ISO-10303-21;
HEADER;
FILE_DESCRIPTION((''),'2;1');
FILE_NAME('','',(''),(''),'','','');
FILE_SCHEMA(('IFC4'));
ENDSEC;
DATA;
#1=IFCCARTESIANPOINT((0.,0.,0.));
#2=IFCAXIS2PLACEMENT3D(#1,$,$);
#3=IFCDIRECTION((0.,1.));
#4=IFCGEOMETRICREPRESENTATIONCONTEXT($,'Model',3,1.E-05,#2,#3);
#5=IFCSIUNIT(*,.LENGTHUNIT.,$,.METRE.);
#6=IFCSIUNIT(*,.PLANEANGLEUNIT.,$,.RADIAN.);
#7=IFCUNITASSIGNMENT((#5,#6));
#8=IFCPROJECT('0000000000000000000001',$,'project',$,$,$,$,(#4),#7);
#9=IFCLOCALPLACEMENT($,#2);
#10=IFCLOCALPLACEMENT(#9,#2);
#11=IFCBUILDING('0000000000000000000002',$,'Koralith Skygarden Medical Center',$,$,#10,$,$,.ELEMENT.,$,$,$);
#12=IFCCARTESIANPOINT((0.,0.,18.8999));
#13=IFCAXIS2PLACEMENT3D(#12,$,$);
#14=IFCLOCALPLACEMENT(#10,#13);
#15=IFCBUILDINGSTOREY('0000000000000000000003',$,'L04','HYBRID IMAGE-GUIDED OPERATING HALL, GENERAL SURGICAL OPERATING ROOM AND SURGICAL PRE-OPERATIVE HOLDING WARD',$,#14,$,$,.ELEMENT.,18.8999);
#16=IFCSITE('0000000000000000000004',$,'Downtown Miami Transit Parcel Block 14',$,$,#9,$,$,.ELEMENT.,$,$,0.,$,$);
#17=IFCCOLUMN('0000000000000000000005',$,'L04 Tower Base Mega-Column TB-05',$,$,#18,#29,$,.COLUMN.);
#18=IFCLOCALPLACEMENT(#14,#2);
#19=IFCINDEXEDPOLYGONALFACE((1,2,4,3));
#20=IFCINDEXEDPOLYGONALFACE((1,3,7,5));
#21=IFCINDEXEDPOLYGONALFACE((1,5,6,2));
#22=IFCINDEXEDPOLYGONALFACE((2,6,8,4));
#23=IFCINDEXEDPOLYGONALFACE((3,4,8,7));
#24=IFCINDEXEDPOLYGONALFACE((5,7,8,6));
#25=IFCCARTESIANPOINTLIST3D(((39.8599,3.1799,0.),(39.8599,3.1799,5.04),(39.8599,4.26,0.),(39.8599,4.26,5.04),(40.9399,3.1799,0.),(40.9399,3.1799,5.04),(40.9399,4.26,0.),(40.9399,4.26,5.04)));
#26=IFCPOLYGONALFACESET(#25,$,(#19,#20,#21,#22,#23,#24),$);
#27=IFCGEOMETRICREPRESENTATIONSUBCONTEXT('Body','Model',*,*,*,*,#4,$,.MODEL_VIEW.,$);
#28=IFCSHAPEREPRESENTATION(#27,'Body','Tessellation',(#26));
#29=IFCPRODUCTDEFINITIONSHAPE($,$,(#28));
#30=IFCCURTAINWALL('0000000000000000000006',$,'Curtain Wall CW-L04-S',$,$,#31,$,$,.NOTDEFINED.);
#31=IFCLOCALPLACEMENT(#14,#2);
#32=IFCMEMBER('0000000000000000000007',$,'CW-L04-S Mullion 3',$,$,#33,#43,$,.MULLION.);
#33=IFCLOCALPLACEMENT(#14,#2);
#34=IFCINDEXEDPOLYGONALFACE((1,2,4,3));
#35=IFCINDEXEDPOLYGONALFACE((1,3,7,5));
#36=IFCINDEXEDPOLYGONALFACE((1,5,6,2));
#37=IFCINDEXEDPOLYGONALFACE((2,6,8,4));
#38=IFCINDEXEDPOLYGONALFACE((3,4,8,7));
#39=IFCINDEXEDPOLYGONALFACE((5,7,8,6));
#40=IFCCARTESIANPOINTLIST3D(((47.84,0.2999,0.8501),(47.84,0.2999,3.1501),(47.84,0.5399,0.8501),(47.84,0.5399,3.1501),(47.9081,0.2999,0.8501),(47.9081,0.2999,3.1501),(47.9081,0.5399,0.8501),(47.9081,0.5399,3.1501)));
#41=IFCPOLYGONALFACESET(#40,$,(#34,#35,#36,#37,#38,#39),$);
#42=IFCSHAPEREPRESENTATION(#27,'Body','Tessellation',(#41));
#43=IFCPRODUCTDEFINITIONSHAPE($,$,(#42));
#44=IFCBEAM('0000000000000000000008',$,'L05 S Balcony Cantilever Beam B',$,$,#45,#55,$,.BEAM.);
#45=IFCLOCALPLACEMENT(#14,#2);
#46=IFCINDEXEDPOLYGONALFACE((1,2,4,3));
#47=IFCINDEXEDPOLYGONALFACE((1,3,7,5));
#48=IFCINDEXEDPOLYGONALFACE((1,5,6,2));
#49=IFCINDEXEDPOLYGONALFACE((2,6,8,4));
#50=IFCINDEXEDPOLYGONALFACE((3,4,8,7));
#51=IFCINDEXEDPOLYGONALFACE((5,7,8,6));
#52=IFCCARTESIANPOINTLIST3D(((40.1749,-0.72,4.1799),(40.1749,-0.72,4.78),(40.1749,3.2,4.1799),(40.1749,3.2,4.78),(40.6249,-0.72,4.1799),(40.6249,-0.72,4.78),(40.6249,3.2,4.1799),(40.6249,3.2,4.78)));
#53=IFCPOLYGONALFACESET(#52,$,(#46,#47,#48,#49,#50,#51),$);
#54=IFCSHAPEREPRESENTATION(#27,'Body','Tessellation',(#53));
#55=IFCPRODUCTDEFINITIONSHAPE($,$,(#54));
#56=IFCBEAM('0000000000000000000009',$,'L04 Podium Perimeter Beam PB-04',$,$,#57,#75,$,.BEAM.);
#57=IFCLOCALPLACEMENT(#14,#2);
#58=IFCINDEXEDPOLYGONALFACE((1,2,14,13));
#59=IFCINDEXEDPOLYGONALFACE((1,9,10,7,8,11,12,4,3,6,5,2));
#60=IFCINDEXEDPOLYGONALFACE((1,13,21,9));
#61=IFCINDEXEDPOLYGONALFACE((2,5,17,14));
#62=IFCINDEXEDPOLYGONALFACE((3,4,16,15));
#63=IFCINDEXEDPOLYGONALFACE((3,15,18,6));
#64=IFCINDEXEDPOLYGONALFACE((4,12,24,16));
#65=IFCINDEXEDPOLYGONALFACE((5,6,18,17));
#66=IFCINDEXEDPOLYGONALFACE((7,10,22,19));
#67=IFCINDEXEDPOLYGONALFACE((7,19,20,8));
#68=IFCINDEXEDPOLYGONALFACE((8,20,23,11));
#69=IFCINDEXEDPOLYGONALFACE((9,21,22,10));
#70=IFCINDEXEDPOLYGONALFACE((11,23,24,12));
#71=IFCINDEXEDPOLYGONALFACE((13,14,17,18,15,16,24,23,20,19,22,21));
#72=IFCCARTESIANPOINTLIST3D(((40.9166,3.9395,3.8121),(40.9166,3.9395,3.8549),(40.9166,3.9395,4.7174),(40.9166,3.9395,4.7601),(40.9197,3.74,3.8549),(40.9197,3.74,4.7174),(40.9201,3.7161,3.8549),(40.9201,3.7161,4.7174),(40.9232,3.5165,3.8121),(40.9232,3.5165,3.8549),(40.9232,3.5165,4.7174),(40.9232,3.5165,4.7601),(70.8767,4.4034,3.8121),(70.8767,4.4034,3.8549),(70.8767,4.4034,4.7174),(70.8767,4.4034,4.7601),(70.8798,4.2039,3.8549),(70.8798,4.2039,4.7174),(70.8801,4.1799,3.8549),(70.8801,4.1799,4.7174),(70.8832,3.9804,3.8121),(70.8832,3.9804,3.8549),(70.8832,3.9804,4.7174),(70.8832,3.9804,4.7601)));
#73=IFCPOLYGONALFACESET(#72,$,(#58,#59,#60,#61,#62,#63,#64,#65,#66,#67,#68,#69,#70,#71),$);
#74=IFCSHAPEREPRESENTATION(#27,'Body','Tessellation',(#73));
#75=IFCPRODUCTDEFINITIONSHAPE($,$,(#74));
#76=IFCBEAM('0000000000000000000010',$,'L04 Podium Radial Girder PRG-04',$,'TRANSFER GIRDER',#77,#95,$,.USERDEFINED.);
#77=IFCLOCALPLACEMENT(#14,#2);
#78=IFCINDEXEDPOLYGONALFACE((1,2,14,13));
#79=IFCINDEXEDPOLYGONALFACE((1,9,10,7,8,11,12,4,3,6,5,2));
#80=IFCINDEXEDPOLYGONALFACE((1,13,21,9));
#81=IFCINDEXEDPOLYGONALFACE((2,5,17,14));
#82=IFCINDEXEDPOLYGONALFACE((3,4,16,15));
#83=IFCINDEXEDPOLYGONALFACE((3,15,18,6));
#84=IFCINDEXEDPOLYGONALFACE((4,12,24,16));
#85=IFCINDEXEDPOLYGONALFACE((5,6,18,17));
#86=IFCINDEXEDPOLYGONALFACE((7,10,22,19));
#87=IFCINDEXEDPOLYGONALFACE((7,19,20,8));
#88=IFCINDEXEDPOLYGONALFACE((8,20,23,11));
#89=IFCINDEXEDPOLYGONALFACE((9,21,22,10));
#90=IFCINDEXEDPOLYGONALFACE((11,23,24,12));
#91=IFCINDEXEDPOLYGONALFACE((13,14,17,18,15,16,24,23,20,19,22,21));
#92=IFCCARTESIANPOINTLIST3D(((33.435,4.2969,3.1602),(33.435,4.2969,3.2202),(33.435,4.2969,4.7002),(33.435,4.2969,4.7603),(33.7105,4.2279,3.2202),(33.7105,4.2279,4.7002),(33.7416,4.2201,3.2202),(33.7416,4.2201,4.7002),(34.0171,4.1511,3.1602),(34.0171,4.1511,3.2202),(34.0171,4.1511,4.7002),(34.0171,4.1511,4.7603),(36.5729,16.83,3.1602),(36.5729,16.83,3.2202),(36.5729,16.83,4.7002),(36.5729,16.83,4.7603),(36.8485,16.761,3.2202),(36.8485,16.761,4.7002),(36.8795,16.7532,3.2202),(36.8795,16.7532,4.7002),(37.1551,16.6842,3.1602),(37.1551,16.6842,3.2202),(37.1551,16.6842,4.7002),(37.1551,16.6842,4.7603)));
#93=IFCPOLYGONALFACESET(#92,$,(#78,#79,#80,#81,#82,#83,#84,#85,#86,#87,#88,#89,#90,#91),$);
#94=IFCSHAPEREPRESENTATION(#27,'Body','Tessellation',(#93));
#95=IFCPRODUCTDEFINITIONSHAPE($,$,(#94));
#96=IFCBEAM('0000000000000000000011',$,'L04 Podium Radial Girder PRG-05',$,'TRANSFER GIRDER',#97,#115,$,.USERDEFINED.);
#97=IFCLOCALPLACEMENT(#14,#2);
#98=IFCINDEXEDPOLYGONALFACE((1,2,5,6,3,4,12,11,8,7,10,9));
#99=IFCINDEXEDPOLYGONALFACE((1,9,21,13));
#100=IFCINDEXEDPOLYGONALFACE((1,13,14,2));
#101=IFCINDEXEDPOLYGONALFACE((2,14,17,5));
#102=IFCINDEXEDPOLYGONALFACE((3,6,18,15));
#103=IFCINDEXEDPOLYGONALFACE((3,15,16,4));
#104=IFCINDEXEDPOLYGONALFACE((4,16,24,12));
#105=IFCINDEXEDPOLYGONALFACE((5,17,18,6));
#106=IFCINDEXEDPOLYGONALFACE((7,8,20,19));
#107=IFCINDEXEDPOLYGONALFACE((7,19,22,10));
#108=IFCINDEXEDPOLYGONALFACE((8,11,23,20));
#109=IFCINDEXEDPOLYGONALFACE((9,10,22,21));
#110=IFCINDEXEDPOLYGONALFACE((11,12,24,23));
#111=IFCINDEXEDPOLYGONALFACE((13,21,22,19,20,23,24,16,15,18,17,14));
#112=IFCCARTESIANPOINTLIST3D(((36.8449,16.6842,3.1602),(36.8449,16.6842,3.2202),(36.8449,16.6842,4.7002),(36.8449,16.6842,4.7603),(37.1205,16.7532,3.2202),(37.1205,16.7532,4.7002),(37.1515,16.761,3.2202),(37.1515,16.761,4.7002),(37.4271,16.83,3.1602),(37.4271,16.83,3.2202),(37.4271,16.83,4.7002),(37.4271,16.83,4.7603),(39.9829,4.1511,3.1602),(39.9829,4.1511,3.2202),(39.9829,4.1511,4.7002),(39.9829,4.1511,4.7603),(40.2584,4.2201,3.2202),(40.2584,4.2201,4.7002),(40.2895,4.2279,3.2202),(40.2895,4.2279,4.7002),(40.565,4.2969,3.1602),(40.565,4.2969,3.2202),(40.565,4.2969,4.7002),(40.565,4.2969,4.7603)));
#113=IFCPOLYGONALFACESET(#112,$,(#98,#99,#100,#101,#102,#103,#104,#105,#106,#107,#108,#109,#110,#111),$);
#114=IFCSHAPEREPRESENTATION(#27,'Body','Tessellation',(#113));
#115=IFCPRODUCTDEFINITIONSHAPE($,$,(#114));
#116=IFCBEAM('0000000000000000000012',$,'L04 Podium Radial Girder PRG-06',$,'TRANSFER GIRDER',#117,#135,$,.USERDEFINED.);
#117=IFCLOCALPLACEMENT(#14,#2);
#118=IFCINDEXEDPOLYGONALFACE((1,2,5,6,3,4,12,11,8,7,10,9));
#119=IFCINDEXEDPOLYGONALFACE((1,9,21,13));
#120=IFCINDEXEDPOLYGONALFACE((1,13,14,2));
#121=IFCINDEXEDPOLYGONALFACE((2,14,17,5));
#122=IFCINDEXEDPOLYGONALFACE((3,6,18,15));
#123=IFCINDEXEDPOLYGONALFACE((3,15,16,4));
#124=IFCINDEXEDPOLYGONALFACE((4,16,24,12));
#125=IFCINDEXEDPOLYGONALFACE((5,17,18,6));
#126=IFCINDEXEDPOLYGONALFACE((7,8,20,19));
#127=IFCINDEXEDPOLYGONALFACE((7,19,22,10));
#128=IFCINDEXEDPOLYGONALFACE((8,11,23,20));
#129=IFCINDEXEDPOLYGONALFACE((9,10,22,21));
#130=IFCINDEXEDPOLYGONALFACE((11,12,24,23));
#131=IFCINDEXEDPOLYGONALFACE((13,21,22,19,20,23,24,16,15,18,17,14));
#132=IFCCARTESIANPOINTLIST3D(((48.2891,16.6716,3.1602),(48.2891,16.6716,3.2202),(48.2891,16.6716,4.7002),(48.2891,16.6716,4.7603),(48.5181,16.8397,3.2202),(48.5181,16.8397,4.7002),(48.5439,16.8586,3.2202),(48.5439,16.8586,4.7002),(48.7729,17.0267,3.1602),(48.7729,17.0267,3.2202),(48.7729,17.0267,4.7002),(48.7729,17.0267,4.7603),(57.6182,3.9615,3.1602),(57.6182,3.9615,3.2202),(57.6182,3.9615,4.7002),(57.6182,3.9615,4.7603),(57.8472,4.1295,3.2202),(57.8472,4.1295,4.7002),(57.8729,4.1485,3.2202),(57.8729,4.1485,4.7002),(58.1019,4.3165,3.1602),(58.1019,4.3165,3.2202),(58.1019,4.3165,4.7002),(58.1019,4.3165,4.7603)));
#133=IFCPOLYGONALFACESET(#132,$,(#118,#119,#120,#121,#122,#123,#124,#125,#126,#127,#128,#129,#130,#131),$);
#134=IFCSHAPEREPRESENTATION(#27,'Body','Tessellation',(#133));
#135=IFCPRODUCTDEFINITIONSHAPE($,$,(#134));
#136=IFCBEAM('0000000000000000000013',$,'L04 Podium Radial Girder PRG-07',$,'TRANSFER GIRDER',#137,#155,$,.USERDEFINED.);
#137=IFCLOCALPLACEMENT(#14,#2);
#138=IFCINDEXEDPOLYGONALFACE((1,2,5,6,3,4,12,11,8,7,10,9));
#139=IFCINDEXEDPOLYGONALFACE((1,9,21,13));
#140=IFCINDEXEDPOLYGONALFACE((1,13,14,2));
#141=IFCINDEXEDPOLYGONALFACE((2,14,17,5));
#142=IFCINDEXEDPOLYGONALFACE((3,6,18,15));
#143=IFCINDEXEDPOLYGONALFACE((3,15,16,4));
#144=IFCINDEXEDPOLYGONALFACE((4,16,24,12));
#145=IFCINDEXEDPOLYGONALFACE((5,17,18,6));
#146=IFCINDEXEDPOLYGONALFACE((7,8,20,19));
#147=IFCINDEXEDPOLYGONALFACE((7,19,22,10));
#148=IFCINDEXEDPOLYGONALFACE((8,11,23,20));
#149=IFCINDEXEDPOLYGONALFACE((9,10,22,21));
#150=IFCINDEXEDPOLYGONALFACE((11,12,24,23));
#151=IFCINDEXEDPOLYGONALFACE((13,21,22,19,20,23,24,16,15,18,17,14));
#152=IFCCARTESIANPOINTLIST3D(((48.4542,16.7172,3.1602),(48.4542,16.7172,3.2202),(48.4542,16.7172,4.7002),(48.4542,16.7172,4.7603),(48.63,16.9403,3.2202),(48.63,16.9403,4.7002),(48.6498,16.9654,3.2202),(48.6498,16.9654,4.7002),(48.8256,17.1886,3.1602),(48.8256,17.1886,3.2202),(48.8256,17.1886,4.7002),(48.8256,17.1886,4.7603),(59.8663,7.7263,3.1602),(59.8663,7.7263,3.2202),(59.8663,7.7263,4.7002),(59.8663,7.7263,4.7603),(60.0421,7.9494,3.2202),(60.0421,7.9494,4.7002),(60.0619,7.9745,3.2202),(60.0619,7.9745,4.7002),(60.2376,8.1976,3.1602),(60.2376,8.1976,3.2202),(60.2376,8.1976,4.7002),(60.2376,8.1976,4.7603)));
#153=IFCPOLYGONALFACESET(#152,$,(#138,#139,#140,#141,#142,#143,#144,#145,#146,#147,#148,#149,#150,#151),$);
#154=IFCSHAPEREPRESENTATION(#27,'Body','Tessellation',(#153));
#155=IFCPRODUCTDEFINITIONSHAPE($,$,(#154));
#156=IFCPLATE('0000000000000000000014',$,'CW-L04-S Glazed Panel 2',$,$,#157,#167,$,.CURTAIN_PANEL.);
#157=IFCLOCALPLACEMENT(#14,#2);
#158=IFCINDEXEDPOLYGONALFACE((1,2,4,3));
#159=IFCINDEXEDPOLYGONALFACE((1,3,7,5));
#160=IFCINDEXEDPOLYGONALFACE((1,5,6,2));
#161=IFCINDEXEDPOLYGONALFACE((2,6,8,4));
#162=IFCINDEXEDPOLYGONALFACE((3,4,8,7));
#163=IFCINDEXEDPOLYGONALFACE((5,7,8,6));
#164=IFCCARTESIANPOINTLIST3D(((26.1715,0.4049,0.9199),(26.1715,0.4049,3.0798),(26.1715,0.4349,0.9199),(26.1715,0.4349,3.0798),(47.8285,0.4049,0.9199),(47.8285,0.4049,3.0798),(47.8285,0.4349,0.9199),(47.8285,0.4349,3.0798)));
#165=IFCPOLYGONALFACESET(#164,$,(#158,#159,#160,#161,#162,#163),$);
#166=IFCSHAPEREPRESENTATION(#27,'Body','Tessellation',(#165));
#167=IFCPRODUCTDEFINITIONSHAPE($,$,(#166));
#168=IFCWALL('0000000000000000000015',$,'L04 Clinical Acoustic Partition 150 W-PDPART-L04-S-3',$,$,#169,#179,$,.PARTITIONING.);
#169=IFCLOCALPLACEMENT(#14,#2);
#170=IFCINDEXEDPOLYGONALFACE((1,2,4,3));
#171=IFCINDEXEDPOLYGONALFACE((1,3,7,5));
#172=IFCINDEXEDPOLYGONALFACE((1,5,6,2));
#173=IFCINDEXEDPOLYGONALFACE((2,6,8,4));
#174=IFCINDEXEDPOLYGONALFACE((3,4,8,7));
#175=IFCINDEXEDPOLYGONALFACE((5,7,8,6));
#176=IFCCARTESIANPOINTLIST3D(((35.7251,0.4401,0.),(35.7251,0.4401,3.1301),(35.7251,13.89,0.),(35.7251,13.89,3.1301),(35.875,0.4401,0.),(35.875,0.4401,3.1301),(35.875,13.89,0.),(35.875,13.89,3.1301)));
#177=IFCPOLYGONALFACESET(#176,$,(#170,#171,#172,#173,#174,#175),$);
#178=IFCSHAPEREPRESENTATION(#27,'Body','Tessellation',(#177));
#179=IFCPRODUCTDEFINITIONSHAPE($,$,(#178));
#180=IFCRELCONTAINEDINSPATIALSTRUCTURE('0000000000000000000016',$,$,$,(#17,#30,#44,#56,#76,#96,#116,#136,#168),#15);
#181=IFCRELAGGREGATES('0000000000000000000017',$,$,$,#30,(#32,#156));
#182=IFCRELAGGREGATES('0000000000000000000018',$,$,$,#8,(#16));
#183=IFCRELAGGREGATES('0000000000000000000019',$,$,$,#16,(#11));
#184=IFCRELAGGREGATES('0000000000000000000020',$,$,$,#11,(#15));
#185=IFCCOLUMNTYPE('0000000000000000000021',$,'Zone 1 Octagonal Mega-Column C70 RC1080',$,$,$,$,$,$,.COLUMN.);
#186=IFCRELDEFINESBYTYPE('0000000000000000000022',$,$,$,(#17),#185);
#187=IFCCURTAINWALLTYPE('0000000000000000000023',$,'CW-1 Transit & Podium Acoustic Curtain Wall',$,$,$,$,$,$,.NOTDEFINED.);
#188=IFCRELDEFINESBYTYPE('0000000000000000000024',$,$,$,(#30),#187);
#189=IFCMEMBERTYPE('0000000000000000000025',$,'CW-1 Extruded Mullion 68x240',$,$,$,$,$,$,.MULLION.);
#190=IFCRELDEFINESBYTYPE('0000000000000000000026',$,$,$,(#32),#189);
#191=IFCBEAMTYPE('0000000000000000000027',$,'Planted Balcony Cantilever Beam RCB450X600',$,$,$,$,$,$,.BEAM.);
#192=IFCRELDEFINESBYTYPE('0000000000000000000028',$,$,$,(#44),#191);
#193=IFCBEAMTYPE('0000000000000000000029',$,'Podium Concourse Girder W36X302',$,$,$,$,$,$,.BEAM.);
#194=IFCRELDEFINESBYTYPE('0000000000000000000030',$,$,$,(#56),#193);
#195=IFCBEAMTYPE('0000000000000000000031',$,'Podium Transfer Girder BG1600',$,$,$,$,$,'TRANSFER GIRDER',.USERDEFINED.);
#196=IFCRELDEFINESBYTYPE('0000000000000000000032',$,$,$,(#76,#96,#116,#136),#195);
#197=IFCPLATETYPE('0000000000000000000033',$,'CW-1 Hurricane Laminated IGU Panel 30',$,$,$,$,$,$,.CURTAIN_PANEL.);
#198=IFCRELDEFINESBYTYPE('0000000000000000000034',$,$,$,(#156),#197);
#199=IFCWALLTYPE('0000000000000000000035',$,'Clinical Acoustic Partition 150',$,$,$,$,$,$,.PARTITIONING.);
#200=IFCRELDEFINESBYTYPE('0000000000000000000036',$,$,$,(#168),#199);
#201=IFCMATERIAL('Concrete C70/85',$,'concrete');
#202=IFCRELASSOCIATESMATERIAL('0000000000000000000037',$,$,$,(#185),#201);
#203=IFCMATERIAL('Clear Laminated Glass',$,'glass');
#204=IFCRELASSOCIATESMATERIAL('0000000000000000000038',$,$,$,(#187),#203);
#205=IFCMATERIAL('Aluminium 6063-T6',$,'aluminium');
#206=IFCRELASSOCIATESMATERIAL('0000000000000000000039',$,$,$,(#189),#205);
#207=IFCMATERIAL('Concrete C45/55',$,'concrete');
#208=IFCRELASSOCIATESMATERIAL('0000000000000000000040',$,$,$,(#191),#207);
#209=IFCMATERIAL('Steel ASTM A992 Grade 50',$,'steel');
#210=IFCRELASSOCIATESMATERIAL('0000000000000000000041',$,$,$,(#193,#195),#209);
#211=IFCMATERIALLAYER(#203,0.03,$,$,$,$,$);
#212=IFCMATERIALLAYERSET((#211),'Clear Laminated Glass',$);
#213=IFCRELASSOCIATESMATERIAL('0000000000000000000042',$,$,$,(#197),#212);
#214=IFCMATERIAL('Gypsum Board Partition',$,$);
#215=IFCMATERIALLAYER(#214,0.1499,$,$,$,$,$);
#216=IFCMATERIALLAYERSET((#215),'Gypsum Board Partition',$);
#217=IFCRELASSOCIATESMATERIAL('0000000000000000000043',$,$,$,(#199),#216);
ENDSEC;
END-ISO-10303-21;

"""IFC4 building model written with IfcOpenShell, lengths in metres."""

from ifc_helpers import new_model, si_unit, direction, frame, frame_2d, origin, origin_2d, place, context, subcontext, project, spatial, rectangle, i_section, extrude, material, layer, layer_set, material_profile, profile_set, type_object, element, aggregate, save


model = new_model("IFC4")

# Units and contexts
model_context = context("Model", 3, precision=1e-05, world=origin(), true_north=direction((0.0, 1.0)))
body_context = subcontext(model_context, "Body", "Model", "MODEL_VIEW")
ifc_project = project(units=[si_unit("LENGTHUNIT", "METRE"), si_unit("PLANEANGLEUNIT", "RADIAN")], contexts=[model_context])

# Site, building, storey
site_placement = place(None, origin())
site = spatial("IfcSite", under=ifc_project, at=site_placement, Name="Downtown Miami Transit Parcel Block 14", CompositionType="ELEMENT", RefElevation=0.0)
building_placement = place(site_placement, origin())
building = spatial("IfcBuilding", under=site, at=building_placement, Name="Koralith Skygarden Medical Center", CompositionType="ELEMENT")
storey_placement = place(building_placement, frame((0.0, 0.0, 18.8999)))
storey = spatial("IfcBuildingStorey", under=building, at=storey_placement, Name="L04", Description="HYBRID IMAGE-GUIDED OPERATING HALL, GENERAL SURGICAL OPERATING ROOM AND SURGICAL PRE-OPERATIVE HOLDING WARD", CompositionType="ELEMENT", Elevation=18.8999)

# Column
ifc_material_1 = material(Name="Concrete C70/85", Category="concrete")
ifc_material_profile_1 = material_profile(ifc_material_1, rectangle(XDim=1.0801, YDim=1.0801, at=origin_2d()), Name="RC1080X1080")
ifc_profile_set_1 = profile_set([ifc_material_profile_1], Name="Concrete C70/85")
column_type = type_object("IfcColumnType", Name="Zone 1 Octagonal Mega-Column C70 RC1080", PredefinedType="COLUMN", material=ifc_profile_set_1)
column_placement = place(storey_placement, frame((40.3999, 3.72, 0.0), z_axis=(0.0, 0.0, 1.0), x_axis=(1.0, 0.0, 0.0)))
element("IfcColumn", 1, at=column_placement, inside=storey, type_object=column_type, Name="L04 Tower Base Mega-Column TB-05", PredefinedType="COLUMN", context=body_context, shape_type="SweptSolid", body=[
    extrude(rectangle(XDim=1.0801, YDim=1.0801, at=origin_2d()), origin(), (0.0, 0.0, 1.0), 5.04),
])

# Curtain wall, member
ifc_material_2 = material(Name="Clear Laminated Glass", Category="glass")
curtain_wall_type = type_object("IfcCurtainWallType", Name="CW-1 Transit & Podium Acoustic Curtain Wall", PredefinedType="NOTDEFINED", material=ifc_material_2)
curtain_wall_placement = place(storey_placement, origin())
curtain_wall = element("IfcCurtainWall", 2, at=curtain_wall_placement, inside=storey, type_object=curtain_wall_type, Name="Curtain Wall CW-L04-S", PredefinedType="NOTDEFINED")
ifc_material_3 = material(Name="Aluminium 6063-T6", Category="aluminium")
ifc_material_profile_2 = material_profile(ifc_material_3, rectangle(XDim=0.0681, YDim=0.24, at=origin_2d()), Name="MUL68X240")
ifc_profile_set_2 = profile_set([ifc_material_profile_2], Name="Aluminium 6063-T6")
member_type = type_object("IfcMemberType", Name="CW-1 Extruded Mullion 68x240", PredefinedType="MULLION", material=ifc_profile_set_2)
member_placement = place(storey_placement, frame((47.874, 0.4199, 0.8501), z_axis=(0.0, 0.0, 1.0), x_axis=(1.0, 0.0, 0.0)))
member = element("IfcMember", 3, at=member_placement, type_object=member_type, Name="CW-L04-S Mullion 3", PredefinedType="MULLION", context=body_context, shape_type="SweptSolid", body=[
    extrude(rectangle(XDim=0.0681, YDim=0.24, at=origin_2d()), origin(), (0.0, 0.0, 1.0), 2.3),
])

# Beams
ifc_material_4 = material(Name="Concrete C45/55", Category="concrete")
ifc_material_profile_3 = material_profile(ifc_material_4, rectangle(XDim=0.45, YDim=0.6001, at=origin_2d()), Name="RCB450X600")
ifc_profile_set_3 = profile_set([ifc_material_profile_3], Name="Concrete C45/55")
beam_type_1 = type_object("IfcBeamType", Name="Planted Balcony Cantilever Beam RCB450X600", PredefinedType="BEAM", material=ifc_profile_set_3)
beam_1_placement = place(storey_placement, frame((40.3999, 3.2, 4.48), z_axis=(0.0, -1.0, 0.0), x_axis=(1.0, 0.0, 0.0)))
element("IfcBeam", 4, at=beam_1_placement, inside=storey, type_object=beam_type_1, Name="L05 S Balcony Cantilever Beam B", PredefinedType="BEAM", context=body_context, shape_type="SweptSolid", body=[
    extrude(rectangle(XDim=0.45, YDim=0.6001, at=origin_2d()), origin(), (0.0, 0.0, 1.0), 3.9199),
])
ifc_material_5 = material(Name="Steel ASTM A992 Grade 50", Category="steel")
ifc_material_profile_4 = material_profile(ifc_material_5, i_section(OverallWidth=0.4231, OverallDepth=0.948, WebThickness=0.0239, FlangeThickness=0.0427, at=origin_2d()), Name="W36X302")
ifc_profile_set_4 = profile_set([ifc_material_profile_4], Name="Steel ASTM A992 Grade 50")
beam_type_2 = type_object("IfcBeamType", Name="Podium Concourse Girder W36X302", PredefinedType="BEAM", material=ifc_profile_set_4)
beam_2_placement = place(storey_placement, frame((40.9199, 3.728, 4.2861), z_axis=(0.99988, 0.015481, 0.0), x_axis=(-0.015481, 0.99988, 0.0)))
element("IfcBeam", 5, at=beam_2_placement, inside=storey, type_object=beam_type_2, Name="L04 Podium Perimeter Beam PB-04", PredefinedType="BEAM", context=body_context, shape_type="SweptSolid", body=[
    extrude(i_section(OverallWidth=0.4231, OverallDepth=0.948, WebThickness=0.0239, FlangeThickness=0.0427, at=origin_2d()), origin(), (0.0, 0.0, 1.0), 29.9636),
])
ifc_material_profile_5 = material_profile(ifc_material_5, i_section(OverallWidth=0.6001, OverallDepth=1.6001, WebThickness=0.032, FlangeThickness=0.0601, at=origin_2d()), Name="BG1600X600X60X32")
ifc_profile_set_5 = profile_set([ifc_material_profile_5], Name="Steel ASTM A992 Grade 50")
beam_type_3 = type_object("IfcBeamType", Name="Podium Transfer Girder BG1600", ElementType="TRANSFER GIRDER", PredefinedType="USERDEFINED", material=ifc_profile_set_5)
for number, where, z_axis, x_axis, name in (
    (6, (36.864, 16.7571, 3.9602), (-0.242878, -0.970057, 0.0), (0.970057, -0.242878, 0.0), "L04 Podium Radial Girder PRG-04"),
    (7, (37.136, 16.7571, 3.9602), (0.242878, -0.970057, 0.0), (0.970057, 0.242878, 0.0), "L04 Podium Radial Girder PRG-05"),
):
    element("IfcBeam", number, at=place(storey_placement, frame(where, z_axis=z_axis, x_axis=x_axis)), inside=storey, type_object=beam_type_3, Name=name, ObjectType="TRANSFER GIRDER", PredefinedType="USERDEFINED", context=body_context, shape_type="SweptSolid", body=[
        extrude(i_section(OverallWidth=0.6001, OverallDepth=1.6001, WebThickness=0.032, FlangeThickness=0.0601, at=origin_2d()), origin(), (0.0, 0.0, 1.0), 12.9199),
    ])
beam_3_placement = place(storey_placement, frame((48.531, 16.8491, 3.9602), z_axis=(0.591705, -0.806154, 0.0), x_axis=(0.806154, 0.591705, 0.0)))
element("IfcBeam", 8, at=beam_3_placement, inside=storey, type_object=beam_type_3, Name="L04 Podium Radial Girder PRG-06", ObjectType="TRANSFER GIRDER", PredefinedType="USERDEFINED", context=body_context, shape_type="SweptSolid", body=[
    extrude(i_section(OverallWidth=0.6001, OverallDepth=1.6001, WebThickness=0.032, FlangeThickness=0.0601, at=origin_2d()), origin(), (0.0, 0.0, 1.0), 15.7664),
])
beam_4_placement = place(storey_placement, frame((48.6399, 16.9529, 3.9602), z_axis=(0.785505, -0.618856, 0.0), x_axis=(0.618856, 0.785505, 0.0)))
element("IfcBeam", 9, at=beam_4_placement, inside=storey, type_object=beam_type_3, Name="L04 Podium Radial Girder PRG-07", ObjectType="TRANSFER GIRDER", PredefinedType="USERDEFINED", context=body_context, shape_type="SweptSolid", body=[
    extrude(i_section(OverallWidth=0.6001, OverallDepth=1.6001, WebThickness=0.032, FlangeThickness=0.0601, at=origin_2d()), origin(), (0.0, 0.0, 1.0), 14.5283),
])

# Plate
ifc_layer_1 = layer(ifc_material_2, 0.03)
ifc_layer_set_1 = layer_set([ifc_layer_1], Name="Clear Laminated Glass")
plate_type = type_object("IfcPlateType", Name="CW-1 Hurricane Laminated IGU Panel 30", PredefinedType="CURTAIN_PANEL", material=ifc_layer_set_1)
plate_placement = place(storey_placement, frame((37.0, 0.4199, 0.9199), z_axis=(0.0, 0.0, 1.0), x_axis=(1.0, 0.0, 0.0)))
plate = element("IfcPlate", 10, at=plate_placement, type_object=plate_type, Name="CW-L04-S Glazed Panel 2", PredefinedType="CURTAIN_PANEL", context=body_context, shape_type="SweptSolid", body=[
    extrude(rectangle(XDim=21.657, YDim=0.03, at=origin_2d()), origin(), (0.0, 0.0, 1.0), 2.1599),
])
aggregate(curtain_wall, [member, plate])

# Wall
ifc_material_6 = material(Name="Gypsum Board Partition")
ifc_layer_2 = layer(ifc_material_6, 0.1499)
ifc_layer_set_2 = layer_set([ifc_layer_2], Name="Gypsum Board Partition")
wall_type_1 = type_object("IfcWallType", Name="Clinical Acoustic Partition 150", PredefinedType="PARTITIONING", material=ifc_layer_set_2)
for number, where, z_axis, x_axis, name in (
    (11, (35.8, 0.4399, 0.0), (0.0, 0.0, 1.0), (0.0, 1.0, 0.0), "L04 Clinical Acoustic Partition 150 W-PDPART-L04-S-3"),
):
    element("IfcWall", number, at=place(storey_placement, frame(where, z_axis=z_axis, x_axis=x_axis)), inside=storey, type_object=wall_type_1, Name=name, PredefinedType="PARTITIONING", context=body_context, shape_type="SweptSolid", body=[
        extrude(rectangle(XDim=13.45, YDim=0.1499, at=frame_2d((6.7251, 0.0))), origin(), (0.0, 0.0, 1.0), 3.1301),
    ])

save(model, "model.ifc")
